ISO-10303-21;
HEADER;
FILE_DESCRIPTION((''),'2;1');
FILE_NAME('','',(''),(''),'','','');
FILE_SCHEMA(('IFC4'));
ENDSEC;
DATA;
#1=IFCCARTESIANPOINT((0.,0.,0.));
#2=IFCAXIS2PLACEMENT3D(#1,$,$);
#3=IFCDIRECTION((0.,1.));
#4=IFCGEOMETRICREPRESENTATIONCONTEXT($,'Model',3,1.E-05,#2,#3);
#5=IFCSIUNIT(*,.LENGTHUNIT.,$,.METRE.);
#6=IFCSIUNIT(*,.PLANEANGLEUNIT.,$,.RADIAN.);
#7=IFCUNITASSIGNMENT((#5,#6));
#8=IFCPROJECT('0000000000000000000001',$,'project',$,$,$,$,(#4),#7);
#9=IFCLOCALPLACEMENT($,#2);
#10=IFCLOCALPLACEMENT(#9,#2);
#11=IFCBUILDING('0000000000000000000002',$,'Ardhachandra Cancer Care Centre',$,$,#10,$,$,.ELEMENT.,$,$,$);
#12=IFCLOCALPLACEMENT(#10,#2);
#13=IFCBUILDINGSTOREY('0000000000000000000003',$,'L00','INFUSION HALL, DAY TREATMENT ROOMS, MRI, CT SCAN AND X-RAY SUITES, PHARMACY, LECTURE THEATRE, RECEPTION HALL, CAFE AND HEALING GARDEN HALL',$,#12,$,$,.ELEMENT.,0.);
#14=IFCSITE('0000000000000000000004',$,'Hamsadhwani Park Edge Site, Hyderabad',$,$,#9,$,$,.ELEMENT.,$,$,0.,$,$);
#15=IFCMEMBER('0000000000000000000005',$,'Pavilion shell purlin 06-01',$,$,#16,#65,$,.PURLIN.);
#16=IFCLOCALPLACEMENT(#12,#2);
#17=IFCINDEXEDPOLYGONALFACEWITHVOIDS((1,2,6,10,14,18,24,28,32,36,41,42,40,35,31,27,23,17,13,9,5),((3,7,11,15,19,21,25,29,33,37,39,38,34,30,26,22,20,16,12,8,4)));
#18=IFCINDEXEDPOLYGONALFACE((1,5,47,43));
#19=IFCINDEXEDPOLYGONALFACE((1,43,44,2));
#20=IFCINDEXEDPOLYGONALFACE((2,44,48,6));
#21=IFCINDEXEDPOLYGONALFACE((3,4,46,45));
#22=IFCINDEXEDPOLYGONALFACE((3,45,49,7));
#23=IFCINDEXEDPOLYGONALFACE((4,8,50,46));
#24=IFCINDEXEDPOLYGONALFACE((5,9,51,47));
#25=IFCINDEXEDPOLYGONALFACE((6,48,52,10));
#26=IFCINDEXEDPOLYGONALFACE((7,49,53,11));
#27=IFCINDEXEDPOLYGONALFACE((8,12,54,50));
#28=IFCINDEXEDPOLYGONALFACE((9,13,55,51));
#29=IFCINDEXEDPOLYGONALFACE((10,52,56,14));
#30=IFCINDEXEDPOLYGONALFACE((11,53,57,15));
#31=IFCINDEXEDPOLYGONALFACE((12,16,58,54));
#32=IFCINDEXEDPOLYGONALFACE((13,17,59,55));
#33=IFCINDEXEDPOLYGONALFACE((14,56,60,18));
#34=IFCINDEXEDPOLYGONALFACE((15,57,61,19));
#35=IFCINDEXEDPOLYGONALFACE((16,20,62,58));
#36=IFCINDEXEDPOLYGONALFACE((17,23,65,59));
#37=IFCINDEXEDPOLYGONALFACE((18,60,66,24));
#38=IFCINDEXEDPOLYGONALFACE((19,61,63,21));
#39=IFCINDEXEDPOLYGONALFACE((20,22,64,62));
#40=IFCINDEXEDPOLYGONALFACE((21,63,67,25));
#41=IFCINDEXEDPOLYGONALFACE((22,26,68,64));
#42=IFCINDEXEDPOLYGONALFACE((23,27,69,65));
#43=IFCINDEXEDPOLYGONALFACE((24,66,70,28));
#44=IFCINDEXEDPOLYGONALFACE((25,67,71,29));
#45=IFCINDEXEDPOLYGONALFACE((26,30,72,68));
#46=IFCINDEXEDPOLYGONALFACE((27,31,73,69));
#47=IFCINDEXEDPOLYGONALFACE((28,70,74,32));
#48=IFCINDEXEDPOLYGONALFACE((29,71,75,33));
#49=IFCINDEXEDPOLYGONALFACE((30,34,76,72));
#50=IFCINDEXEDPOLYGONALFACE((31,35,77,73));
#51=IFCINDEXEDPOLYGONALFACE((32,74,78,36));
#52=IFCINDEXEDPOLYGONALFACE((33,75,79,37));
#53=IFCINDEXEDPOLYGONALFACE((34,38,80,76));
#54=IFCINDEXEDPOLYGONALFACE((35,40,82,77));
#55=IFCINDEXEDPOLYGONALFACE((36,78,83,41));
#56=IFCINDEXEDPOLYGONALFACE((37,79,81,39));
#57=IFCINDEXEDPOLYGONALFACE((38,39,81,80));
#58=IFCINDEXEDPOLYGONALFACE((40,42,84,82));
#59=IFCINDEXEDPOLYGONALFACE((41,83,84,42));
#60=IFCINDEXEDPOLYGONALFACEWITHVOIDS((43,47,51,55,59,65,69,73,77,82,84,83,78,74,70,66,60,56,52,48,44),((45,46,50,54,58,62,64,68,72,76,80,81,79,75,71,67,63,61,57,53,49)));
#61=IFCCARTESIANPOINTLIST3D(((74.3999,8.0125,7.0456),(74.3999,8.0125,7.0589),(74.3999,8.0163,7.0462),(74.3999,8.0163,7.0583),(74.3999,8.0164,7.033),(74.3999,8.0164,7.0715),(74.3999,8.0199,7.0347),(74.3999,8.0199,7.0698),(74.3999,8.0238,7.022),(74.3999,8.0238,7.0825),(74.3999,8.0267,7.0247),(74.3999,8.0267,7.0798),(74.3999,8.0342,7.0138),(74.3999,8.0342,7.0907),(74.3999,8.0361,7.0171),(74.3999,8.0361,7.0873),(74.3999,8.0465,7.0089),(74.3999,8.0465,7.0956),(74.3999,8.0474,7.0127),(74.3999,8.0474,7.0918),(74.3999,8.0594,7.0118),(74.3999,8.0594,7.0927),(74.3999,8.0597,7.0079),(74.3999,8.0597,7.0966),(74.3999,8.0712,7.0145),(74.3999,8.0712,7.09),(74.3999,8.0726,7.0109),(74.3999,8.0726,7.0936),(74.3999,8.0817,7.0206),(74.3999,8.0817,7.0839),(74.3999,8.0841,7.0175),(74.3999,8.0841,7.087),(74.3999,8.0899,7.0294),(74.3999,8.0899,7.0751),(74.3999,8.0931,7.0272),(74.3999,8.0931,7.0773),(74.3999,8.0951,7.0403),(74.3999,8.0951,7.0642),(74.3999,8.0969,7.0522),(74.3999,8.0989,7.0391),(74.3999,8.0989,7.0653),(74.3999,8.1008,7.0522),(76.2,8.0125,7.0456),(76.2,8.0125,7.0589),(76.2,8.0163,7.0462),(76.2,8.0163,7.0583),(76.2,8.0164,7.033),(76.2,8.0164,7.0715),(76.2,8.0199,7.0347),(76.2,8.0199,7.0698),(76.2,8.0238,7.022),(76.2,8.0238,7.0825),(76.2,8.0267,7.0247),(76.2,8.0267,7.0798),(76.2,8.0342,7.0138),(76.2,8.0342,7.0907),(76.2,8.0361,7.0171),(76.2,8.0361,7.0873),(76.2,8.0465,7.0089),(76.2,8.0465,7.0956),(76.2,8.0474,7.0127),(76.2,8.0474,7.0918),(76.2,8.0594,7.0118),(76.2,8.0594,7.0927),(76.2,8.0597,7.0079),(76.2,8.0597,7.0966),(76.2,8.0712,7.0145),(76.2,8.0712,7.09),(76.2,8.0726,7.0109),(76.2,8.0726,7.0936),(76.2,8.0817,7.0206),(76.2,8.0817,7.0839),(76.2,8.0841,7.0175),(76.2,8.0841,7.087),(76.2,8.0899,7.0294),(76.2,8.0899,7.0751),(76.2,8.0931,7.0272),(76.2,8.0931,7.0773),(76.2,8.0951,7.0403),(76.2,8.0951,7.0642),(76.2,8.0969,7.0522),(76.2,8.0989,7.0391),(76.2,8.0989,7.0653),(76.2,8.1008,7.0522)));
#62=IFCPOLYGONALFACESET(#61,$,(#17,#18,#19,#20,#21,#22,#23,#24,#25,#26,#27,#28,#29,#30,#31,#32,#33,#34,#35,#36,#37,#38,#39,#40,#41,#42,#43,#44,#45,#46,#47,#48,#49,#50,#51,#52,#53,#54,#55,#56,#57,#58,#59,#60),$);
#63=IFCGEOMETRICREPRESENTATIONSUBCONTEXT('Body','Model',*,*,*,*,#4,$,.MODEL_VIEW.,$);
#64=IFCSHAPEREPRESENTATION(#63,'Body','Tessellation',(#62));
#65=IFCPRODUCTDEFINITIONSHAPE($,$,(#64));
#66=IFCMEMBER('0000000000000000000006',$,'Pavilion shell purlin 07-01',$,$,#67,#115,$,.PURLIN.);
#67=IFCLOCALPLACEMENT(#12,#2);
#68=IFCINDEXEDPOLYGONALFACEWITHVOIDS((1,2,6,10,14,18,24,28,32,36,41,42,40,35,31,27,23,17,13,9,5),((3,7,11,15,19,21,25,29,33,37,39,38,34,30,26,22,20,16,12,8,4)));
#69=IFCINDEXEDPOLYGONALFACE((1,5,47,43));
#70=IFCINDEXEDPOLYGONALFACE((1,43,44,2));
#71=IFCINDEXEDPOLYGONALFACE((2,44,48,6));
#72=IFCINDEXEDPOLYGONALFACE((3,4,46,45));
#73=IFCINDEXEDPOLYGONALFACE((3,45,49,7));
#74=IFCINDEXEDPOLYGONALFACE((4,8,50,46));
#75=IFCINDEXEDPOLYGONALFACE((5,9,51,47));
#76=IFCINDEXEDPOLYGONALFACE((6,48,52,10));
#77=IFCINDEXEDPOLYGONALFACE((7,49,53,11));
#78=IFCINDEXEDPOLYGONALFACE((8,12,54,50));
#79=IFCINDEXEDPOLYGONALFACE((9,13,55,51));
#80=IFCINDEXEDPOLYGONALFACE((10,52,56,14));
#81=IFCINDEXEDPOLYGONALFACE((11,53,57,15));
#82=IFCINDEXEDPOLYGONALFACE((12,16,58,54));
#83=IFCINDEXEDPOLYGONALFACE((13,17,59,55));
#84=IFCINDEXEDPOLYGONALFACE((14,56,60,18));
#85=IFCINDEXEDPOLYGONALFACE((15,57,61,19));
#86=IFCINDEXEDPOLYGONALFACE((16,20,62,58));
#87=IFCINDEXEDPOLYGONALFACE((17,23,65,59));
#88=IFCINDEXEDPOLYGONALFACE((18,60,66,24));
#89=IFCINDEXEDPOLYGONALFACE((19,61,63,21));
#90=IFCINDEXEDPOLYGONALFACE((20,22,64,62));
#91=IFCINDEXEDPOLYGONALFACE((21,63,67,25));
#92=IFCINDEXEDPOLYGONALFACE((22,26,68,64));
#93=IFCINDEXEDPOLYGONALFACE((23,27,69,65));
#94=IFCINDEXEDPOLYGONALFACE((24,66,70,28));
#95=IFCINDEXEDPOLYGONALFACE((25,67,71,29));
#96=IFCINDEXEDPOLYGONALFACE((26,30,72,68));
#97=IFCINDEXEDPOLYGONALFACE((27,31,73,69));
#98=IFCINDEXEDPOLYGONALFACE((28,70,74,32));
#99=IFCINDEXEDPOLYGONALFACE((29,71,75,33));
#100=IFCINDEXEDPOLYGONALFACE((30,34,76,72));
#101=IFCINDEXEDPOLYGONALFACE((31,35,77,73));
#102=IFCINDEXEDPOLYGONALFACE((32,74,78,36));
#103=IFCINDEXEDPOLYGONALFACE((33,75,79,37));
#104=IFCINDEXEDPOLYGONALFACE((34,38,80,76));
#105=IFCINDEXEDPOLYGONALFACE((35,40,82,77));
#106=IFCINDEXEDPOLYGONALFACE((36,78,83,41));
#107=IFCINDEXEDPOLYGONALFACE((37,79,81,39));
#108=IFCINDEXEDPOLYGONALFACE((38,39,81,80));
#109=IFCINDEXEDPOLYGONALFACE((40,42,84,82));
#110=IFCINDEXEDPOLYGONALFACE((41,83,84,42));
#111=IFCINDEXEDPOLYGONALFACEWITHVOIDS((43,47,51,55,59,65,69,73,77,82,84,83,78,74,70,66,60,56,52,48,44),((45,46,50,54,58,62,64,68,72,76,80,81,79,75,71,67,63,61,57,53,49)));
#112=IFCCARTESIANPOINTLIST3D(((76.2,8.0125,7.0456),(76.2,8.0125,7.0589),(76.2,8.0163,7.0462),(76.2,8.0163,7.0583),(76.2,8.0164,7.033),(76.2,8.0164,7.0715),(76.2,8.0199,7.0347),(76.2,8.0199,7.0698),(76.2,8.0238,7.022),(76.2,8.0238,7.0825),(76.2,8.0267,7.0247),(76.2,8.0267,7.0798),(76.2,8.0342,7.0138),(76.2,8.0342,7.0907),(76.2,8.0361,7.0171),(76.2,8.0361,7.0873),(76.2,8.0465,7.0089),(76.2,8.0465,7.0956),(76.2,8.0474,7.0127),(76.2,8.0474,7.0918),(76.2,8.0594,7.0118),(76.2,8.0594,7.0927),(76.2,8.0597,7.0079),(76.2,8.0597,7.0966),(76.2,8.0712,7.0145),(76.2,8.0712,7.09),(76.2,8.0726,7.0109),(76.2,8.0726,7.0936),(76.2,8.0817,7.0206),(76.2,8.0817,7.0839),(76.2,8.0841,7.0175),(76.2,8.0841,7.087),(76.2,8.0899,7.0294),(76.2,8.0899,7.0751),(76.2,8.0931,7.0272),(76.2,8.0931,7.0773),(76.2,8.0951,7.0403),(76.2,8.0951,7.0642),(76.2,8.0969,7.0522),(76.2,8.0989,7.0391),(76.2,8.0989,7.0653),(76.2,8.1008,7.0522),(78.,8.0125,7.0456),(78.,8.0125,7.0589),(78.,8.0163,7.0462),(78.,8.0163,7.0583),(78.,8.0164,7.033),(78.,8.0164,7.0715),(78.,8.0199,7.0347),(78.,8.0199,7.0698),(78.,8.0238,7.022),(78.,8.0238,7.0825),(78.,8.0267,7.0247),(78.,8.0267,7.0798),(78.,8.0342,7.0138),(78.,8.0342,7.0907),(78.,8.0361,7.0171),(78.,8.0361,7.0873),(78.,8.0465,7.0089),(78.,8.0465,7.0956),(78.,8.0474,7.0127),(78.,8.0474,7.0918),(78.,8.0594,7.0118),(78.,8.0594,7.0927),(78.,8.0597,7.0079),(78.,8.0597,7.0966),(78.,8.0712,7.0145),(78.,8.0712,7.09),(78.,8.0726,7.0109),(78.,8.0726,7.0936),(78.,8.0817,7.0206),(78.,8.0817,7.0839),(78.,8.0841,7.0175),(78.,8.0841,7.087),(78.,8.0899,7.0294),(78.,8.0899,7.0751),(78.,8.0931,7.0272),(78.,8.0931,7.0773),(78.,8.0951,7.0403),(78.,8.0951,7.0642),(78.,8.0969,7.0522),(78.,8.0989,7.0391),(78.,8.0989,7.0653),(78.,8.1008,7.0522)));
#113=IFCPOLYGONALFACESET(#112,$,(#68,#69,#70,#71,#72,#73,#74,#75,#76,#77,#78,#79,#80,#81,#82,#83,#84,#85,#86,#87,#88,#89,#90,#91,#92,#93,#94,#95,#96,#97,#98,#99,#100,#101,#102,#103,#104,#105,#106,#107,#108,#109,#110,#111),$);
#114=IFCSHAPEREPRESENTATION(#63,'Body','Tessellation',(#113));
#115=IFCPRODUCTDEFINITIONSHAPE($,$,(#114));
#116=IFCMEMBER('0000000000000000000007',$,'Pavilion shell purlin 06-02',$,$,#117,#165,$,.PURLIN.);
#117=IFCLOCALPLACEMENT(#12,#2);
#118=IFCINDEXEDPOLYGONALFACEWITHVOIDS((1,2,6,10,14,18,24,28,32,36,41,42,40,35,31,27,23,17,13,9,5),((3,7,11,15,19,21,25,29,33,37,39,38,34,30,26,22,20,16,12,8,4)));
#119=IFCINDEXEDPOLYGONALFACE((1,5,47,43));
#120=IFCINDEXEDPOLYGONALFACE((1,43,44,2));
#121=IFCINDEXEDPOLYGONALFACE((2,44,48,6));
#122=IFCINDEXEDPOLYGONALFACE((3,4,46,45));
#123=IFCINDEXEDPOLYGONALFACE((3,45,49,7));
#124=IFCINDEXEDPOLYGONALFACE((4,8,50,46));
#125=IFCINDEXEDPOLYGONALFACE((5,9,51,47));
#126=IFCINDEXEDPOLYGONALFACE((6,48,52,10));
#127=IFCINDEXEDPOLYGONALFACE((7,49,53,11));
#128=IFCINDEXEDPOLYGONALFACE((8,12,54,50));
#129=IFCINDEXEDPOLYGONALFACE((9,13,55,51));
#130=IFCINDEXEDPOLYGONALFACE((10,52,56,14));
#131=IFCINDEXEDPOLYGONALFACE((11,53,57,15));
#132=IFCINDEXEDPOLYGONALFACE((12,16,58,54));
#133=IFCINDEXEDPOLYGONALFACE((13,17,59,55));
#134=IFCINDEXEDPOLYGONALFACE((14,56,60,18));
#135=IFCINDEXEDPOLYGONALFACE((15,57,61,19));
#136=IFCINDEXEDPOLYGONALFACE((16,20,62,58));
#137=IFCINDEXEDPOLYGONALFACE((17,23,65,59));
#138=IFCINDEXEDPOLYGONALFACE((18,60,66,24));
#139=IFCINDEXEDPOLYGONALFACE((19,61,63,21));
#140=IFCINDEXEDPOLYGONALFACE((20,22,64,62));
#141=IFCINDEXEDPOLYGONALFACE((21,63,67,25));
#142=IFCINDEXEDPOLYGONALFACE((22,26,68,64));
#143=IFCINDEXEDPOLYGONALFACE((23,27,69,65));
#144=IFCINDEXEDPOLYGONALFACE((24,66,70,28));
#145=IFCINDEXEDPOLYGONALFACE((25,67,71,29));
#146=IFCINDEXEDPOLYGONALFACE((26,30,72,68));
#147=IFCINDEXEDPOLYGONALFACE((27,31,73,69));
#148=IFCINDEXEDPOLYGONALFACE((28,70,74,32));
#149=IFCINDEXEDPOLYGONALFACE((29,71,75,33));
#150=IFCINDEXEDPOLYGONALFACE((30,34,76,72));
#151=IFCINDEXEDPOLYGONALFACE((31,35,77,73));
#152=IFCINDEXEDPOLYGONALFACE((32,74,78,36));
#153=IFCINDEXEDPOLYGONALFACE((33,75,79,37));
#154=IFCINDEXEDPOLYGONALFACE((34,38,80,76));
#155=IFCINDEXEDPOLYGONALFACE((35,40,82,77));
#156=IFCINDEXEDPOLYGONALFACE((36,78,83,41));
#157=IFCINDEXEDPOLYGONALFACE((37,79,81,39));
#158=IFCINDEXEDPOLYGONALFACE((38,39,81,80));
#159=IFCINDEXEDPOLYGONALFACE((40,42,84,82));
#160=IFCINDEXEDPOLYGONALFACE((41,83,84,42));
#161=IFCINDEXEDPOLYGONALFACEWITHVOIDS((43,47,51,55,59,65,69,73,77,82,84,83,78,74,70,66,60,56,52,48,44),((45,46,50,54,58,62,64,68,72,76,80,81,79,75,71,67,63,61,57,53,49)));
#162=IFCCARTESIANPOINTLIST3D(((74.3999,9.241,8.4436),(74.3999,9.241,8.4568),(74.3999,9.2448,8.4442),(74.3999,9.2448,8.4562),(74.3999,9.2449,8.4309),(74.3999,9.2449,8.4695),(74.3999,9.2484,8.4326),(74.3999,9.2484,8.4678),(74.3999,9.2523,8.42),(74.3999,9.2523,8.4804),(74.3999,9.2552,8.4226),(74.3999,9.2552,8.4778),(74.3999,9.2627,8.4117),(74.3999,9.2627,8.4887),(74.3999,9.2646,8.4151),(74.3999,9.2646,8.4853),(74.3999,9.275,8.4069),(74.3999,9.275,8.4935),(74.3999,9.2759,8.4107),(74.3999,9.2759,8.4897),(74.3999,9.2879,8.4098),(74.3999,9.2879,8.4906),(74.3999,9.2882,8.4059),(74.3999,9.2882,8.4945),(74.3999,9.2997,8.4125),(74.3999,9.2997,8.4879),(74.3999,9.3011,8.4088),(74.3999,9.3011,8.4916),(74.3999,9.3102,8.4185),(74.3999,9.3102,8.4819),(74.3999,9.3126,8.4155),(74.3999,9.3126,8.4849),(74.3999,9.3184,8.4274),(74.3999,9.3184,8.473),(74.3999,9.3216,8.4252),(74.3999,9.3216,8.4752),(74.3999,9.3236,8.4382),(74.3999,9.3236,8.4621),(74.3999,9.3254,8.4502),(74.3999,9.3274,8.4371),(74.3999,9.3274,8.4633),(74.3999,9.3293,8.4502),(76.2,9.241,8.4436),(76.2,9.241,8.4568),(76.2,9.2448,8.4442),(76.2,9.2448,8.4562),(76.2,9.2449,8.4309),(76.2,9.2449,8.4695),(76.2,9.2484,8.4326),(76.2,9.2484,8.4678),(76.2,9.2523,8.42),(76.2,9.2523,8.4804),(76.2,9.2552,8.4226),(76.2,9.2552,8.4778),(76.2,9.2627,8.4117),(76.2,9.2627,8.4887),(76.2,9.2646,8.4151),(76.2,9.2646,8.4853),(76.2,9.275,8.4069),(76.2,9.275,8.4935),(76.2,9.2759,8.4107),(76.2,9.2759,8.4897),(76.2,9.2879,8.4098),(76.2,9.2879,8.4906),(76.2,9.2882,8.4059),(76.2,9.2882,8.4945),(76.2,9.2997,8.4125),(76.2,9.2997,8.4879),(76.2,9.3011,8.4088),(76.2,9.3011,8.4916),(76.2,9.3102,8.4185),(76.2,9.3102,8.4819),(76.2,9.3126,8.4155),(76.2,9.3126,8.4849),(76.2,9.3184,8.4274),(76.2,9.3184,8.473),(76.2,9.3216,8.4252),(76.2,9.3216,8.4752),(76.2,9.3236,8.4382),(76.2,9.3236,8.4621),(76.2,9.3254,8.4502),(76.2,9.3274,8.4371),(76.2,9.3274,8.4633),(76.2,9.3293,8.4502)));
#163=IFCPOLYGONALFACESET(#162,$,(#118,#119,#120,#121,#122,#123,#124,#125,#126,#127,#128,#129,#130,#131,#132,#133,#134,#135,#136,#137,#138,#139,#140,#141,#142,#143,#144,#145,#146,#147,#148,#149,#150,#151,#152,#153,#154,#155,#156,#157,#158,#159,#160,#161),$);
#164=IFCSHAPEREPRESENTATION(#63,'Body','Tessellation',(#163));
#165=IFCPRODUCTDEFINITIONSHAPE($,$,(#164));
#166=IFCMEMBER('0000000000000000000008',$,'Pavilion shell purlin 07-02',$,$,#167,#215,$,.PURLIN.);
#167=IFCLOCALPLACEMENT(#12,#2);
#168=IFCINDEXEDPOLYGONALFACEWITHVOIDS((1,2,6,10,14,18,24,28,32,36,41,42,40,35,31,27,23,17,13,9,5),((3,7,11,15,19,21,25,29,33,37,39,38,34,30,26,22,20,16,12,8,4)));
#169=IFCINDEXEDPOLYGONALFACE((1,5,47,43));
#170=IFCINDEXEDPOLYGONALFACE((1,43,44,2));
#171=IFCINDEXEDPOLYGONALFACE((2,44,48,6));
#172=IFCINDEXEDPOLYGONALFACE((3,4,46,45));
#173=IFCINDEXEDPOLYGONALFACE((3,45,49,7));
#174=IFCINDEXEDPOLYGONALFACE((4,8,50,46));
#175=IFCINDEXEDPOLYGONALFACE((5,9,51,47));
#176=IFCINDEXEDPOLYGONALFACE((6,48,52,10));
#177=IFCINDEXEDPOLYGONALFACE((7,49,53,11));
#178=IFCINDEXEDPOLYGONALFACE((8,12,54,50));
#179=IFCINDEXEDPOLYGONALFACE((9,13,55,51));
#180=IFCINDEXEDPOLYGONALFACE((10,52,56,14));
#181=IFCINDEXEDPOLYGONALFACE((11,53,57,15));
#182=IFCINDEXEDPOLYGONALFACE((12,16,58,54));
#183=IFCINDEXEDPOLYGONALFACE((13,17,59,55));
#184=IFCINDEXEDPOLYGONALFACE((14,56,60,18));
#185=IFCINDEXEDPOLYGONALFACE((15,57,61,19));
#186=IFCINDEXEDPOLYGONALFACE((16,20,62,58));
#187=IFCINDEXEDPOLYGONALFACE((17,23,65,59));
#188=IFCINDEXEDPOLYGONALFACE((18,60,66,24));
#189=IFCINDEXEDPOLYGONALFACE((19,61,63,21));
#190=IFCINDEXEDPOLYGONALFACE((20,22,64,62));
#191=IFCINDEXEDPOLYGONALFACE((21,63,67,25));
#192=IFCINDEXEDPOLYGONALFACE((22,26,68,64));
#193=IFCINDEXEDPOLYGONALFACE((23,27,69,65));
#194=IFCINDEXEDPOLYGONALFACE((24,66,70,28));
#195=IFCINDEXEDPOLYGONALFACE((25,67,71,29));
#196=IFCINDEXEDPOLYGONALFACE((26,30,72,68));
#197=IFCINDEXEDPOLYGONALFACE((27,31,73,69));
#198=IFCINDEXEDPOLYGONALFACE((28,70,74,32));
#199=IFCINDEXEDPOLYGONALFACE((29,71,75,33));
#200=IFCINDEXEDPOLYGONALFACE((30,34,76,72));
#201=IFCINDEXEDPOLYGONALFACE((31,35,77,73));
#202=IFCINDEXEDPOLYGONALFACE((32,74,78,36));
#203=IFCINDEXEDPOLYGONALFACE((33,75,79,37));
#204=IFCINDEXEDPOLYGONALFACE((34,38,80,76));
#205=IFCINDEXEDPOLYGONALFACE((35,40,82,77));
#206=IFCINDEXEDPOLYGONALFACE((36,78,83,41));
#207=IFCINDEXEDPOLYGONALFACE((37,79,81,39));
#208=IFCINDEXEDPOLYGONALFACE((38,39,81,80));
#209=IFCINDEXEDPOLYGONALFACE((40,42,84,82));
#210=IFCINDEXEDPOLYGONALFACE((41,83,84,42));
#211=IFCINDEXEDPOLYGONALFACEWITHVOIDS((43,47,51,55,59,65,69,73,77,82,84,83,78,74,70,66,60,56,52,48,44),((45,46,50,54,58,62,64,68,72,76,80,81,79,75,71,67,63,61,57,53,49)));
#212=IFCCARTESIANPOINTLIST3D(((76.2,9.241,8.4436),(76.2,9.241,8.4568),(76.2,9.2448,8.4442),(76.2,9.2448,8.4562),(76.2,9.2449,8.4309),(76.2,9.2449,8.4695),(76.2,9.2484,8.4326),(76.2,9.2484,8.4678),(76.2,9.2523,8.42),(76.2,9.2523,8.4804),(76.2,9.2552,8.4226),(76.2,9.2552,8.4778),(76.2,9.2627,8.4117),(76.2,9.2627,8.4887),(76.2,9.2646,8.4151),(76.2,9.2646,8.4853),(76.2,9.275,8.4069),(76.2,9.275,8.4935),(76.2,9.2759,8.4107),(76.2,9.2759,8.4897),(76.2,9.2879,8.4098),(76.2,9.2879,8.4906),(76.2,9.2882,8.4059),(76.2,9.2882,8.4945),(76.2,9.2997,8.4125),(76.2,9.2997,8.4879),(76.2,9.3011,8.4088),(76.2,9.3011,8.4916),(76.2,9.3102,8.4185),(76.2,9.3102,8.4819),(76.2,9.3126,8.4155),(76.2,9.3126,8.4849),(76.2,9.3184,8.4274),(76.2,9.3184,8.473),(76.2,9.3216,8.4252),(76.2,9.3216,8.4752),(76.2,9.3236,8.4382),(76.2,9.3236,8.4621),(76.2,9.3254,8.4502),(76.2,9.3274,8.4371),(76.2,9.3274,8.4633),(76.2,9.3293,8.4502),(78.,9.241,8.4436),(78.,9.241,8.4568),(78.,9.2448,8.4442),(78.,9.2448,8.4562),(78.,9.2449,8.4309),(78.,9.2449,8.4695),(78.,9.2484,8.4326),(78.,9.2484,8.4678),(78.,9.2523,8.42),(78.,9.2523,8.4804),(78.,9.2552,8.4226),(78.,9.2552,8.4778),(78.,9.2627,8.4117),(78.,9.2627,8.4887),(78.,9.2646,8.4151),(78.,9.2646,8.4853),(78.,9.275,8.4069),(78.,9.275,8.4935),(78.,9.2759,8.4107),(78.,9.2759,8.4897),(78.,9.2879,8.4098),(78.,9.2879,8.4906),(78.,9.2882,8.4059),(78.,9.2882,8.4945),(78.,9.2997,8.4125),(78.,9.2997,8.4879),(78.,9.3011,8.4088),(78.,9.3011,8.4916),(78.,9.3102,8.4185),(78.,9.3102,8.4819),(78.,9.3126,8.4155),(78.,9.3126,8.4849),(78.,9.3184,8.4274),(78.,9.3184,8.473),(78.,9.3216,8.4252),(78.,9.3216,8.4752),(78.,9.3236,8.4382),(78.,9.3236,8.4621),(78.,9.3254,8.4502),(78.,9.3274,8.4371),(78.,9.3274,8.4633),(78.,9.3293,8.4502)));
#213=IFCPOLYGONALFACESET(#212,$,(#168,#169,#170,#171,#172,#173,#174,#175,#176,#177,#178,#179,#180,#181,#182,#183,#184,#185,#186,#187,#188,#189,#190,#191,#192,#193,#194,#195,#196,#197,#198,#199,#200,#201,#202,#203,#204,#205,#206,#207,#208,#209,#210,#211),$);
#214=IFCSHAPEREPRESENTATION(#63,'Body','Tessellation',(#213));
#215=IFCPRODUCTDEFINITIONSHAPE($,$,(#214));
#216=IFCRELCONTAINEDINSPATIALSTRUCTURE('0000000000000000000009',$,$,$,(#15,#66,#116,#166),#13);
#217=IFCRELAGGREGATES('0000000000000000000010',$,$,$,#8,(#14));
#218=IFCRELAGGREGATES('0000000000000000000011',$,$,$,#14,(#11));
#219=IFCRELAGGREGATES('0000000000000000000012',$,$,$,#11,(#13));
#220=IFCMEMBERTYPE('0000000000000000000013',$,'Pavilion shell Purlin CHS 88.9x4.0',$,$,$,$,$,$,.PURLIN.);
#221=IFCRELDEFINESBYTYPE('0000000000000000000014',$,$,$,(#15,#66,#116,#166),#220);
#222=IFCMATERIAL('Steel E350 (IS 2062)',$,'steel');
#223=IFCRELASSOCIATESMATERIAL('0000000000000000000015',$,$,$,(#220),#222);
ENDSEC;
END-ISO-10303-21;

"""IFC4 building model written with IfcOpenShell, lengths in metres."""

from ifc_helpers import new_model, si_unit, direction, frame, origin, origin_2d, place, context, subcontext, project, spatial, hollow_circle, extrude, material, material_profile, profile_set, type_object, element, save


model = new_model("IFC4")

# Units and contexts
model_context = context("Model", 3, precision=1e-05, world=origin(), true_north=direction((0.0, 1.0)))
body_context = subcontext(model_context, "Body", "Model", "MODEL_VIEW")
ifc_project = project(units=[si_unit("LENGTHUNIT", "METRE"), si_unit("PLANEANGLEUNIT", "RADIAN")], contexts=[model_context])

# Site, building, storey
site_placement = place(None, origin())
site = spatial("IfcSite", under=ifc_project, at=site_placement, Name="Hamsadhwani Park Edge Site, Hyderabad", CompositionType="ELEMENT", RefElevation=0.0)
building_placement = place(site_placement, origin())
building = spatial("IfcBuilding", under=site, at=building_placement, Name="Ardhachandra Cancer Care Centre", CompositionType="ELEMENT")
storey_placement = place(building_placement, origin())
storey = spatial("IfcBuildingStorey", under=building, at=storey_placement, Name="L00", Description="INFUSION HALL, DAY TREATMENT ROOMS, MRI, CT SCAN AND X-RAY SUITES, PHARMACY, LECTURE THEATRE, RECEPTION HALL, CAFE AND HEALING GARDEN HALL", CompositionType="ELEMENT", Elevation=0.0)

# Members
ifc_material_1 = material(Name="Steel E350 (IS 2062)", Category="steel")
ifc_material_profile_1 = material_profile(ifc_material_1, hollow_circle(Radius=0.0444, WallThickness=0.0039, at=origin_2d()), Name="CHS 88.9x4.0")
ifc_profile_set_1 = profile_set([ifc_material_profile_1], Name="Steel E350 (IS 2062)")
member_type_1 = type_object("IfcMemberType", Name="Pavilion shell Purlin CHS 88.9x4.0", PredefinedType="PURLIN", material=ifc_profile_set_1)
for number, where, z_axis, x_axis, name in (
    (1, (74.3999, 8.0564, 7.0522), (1.0, 0.0, 0.0), (0.0, 1.0, 0.0), "Pavilion shell purlin 06-01"),
    (2, (76.2, 8.0564, 7.0522), (1.0, 0.0, 0.0), (0.0, 1.0, 0.0), "Pavilion shell purlin 07-01"),
    (3, (74.3999, 9.2849, 8.4502), (1.0, 0.0, 0.0), (0.0, 1.0, 0.0), "Pavilion shell purlin 06-02"),
    (4, (76.2, 9.2849, 8.4502), (1.0, 0.0, 0.0), (0.0, 1.0, 0.0), "Pavilion shell purlin 07-02"),
):
    element("IfcMember", number, at=place(storey_placement, frame(where, z_axis=z_axis, x_axis=x_axis)), inside=storey, type_object=member_type_1, Name=name, PredefinedType="PURLIN", context=body_context, shape_type="SweptSolid", body=[
        extrude(hollow_circle(Radius=0.0444, WallThickness=0.0039, at=origin_2d()), origin(), (0.0, 0.0, 1.0), 1.8),
    ])

save(model, "model.ifc")
